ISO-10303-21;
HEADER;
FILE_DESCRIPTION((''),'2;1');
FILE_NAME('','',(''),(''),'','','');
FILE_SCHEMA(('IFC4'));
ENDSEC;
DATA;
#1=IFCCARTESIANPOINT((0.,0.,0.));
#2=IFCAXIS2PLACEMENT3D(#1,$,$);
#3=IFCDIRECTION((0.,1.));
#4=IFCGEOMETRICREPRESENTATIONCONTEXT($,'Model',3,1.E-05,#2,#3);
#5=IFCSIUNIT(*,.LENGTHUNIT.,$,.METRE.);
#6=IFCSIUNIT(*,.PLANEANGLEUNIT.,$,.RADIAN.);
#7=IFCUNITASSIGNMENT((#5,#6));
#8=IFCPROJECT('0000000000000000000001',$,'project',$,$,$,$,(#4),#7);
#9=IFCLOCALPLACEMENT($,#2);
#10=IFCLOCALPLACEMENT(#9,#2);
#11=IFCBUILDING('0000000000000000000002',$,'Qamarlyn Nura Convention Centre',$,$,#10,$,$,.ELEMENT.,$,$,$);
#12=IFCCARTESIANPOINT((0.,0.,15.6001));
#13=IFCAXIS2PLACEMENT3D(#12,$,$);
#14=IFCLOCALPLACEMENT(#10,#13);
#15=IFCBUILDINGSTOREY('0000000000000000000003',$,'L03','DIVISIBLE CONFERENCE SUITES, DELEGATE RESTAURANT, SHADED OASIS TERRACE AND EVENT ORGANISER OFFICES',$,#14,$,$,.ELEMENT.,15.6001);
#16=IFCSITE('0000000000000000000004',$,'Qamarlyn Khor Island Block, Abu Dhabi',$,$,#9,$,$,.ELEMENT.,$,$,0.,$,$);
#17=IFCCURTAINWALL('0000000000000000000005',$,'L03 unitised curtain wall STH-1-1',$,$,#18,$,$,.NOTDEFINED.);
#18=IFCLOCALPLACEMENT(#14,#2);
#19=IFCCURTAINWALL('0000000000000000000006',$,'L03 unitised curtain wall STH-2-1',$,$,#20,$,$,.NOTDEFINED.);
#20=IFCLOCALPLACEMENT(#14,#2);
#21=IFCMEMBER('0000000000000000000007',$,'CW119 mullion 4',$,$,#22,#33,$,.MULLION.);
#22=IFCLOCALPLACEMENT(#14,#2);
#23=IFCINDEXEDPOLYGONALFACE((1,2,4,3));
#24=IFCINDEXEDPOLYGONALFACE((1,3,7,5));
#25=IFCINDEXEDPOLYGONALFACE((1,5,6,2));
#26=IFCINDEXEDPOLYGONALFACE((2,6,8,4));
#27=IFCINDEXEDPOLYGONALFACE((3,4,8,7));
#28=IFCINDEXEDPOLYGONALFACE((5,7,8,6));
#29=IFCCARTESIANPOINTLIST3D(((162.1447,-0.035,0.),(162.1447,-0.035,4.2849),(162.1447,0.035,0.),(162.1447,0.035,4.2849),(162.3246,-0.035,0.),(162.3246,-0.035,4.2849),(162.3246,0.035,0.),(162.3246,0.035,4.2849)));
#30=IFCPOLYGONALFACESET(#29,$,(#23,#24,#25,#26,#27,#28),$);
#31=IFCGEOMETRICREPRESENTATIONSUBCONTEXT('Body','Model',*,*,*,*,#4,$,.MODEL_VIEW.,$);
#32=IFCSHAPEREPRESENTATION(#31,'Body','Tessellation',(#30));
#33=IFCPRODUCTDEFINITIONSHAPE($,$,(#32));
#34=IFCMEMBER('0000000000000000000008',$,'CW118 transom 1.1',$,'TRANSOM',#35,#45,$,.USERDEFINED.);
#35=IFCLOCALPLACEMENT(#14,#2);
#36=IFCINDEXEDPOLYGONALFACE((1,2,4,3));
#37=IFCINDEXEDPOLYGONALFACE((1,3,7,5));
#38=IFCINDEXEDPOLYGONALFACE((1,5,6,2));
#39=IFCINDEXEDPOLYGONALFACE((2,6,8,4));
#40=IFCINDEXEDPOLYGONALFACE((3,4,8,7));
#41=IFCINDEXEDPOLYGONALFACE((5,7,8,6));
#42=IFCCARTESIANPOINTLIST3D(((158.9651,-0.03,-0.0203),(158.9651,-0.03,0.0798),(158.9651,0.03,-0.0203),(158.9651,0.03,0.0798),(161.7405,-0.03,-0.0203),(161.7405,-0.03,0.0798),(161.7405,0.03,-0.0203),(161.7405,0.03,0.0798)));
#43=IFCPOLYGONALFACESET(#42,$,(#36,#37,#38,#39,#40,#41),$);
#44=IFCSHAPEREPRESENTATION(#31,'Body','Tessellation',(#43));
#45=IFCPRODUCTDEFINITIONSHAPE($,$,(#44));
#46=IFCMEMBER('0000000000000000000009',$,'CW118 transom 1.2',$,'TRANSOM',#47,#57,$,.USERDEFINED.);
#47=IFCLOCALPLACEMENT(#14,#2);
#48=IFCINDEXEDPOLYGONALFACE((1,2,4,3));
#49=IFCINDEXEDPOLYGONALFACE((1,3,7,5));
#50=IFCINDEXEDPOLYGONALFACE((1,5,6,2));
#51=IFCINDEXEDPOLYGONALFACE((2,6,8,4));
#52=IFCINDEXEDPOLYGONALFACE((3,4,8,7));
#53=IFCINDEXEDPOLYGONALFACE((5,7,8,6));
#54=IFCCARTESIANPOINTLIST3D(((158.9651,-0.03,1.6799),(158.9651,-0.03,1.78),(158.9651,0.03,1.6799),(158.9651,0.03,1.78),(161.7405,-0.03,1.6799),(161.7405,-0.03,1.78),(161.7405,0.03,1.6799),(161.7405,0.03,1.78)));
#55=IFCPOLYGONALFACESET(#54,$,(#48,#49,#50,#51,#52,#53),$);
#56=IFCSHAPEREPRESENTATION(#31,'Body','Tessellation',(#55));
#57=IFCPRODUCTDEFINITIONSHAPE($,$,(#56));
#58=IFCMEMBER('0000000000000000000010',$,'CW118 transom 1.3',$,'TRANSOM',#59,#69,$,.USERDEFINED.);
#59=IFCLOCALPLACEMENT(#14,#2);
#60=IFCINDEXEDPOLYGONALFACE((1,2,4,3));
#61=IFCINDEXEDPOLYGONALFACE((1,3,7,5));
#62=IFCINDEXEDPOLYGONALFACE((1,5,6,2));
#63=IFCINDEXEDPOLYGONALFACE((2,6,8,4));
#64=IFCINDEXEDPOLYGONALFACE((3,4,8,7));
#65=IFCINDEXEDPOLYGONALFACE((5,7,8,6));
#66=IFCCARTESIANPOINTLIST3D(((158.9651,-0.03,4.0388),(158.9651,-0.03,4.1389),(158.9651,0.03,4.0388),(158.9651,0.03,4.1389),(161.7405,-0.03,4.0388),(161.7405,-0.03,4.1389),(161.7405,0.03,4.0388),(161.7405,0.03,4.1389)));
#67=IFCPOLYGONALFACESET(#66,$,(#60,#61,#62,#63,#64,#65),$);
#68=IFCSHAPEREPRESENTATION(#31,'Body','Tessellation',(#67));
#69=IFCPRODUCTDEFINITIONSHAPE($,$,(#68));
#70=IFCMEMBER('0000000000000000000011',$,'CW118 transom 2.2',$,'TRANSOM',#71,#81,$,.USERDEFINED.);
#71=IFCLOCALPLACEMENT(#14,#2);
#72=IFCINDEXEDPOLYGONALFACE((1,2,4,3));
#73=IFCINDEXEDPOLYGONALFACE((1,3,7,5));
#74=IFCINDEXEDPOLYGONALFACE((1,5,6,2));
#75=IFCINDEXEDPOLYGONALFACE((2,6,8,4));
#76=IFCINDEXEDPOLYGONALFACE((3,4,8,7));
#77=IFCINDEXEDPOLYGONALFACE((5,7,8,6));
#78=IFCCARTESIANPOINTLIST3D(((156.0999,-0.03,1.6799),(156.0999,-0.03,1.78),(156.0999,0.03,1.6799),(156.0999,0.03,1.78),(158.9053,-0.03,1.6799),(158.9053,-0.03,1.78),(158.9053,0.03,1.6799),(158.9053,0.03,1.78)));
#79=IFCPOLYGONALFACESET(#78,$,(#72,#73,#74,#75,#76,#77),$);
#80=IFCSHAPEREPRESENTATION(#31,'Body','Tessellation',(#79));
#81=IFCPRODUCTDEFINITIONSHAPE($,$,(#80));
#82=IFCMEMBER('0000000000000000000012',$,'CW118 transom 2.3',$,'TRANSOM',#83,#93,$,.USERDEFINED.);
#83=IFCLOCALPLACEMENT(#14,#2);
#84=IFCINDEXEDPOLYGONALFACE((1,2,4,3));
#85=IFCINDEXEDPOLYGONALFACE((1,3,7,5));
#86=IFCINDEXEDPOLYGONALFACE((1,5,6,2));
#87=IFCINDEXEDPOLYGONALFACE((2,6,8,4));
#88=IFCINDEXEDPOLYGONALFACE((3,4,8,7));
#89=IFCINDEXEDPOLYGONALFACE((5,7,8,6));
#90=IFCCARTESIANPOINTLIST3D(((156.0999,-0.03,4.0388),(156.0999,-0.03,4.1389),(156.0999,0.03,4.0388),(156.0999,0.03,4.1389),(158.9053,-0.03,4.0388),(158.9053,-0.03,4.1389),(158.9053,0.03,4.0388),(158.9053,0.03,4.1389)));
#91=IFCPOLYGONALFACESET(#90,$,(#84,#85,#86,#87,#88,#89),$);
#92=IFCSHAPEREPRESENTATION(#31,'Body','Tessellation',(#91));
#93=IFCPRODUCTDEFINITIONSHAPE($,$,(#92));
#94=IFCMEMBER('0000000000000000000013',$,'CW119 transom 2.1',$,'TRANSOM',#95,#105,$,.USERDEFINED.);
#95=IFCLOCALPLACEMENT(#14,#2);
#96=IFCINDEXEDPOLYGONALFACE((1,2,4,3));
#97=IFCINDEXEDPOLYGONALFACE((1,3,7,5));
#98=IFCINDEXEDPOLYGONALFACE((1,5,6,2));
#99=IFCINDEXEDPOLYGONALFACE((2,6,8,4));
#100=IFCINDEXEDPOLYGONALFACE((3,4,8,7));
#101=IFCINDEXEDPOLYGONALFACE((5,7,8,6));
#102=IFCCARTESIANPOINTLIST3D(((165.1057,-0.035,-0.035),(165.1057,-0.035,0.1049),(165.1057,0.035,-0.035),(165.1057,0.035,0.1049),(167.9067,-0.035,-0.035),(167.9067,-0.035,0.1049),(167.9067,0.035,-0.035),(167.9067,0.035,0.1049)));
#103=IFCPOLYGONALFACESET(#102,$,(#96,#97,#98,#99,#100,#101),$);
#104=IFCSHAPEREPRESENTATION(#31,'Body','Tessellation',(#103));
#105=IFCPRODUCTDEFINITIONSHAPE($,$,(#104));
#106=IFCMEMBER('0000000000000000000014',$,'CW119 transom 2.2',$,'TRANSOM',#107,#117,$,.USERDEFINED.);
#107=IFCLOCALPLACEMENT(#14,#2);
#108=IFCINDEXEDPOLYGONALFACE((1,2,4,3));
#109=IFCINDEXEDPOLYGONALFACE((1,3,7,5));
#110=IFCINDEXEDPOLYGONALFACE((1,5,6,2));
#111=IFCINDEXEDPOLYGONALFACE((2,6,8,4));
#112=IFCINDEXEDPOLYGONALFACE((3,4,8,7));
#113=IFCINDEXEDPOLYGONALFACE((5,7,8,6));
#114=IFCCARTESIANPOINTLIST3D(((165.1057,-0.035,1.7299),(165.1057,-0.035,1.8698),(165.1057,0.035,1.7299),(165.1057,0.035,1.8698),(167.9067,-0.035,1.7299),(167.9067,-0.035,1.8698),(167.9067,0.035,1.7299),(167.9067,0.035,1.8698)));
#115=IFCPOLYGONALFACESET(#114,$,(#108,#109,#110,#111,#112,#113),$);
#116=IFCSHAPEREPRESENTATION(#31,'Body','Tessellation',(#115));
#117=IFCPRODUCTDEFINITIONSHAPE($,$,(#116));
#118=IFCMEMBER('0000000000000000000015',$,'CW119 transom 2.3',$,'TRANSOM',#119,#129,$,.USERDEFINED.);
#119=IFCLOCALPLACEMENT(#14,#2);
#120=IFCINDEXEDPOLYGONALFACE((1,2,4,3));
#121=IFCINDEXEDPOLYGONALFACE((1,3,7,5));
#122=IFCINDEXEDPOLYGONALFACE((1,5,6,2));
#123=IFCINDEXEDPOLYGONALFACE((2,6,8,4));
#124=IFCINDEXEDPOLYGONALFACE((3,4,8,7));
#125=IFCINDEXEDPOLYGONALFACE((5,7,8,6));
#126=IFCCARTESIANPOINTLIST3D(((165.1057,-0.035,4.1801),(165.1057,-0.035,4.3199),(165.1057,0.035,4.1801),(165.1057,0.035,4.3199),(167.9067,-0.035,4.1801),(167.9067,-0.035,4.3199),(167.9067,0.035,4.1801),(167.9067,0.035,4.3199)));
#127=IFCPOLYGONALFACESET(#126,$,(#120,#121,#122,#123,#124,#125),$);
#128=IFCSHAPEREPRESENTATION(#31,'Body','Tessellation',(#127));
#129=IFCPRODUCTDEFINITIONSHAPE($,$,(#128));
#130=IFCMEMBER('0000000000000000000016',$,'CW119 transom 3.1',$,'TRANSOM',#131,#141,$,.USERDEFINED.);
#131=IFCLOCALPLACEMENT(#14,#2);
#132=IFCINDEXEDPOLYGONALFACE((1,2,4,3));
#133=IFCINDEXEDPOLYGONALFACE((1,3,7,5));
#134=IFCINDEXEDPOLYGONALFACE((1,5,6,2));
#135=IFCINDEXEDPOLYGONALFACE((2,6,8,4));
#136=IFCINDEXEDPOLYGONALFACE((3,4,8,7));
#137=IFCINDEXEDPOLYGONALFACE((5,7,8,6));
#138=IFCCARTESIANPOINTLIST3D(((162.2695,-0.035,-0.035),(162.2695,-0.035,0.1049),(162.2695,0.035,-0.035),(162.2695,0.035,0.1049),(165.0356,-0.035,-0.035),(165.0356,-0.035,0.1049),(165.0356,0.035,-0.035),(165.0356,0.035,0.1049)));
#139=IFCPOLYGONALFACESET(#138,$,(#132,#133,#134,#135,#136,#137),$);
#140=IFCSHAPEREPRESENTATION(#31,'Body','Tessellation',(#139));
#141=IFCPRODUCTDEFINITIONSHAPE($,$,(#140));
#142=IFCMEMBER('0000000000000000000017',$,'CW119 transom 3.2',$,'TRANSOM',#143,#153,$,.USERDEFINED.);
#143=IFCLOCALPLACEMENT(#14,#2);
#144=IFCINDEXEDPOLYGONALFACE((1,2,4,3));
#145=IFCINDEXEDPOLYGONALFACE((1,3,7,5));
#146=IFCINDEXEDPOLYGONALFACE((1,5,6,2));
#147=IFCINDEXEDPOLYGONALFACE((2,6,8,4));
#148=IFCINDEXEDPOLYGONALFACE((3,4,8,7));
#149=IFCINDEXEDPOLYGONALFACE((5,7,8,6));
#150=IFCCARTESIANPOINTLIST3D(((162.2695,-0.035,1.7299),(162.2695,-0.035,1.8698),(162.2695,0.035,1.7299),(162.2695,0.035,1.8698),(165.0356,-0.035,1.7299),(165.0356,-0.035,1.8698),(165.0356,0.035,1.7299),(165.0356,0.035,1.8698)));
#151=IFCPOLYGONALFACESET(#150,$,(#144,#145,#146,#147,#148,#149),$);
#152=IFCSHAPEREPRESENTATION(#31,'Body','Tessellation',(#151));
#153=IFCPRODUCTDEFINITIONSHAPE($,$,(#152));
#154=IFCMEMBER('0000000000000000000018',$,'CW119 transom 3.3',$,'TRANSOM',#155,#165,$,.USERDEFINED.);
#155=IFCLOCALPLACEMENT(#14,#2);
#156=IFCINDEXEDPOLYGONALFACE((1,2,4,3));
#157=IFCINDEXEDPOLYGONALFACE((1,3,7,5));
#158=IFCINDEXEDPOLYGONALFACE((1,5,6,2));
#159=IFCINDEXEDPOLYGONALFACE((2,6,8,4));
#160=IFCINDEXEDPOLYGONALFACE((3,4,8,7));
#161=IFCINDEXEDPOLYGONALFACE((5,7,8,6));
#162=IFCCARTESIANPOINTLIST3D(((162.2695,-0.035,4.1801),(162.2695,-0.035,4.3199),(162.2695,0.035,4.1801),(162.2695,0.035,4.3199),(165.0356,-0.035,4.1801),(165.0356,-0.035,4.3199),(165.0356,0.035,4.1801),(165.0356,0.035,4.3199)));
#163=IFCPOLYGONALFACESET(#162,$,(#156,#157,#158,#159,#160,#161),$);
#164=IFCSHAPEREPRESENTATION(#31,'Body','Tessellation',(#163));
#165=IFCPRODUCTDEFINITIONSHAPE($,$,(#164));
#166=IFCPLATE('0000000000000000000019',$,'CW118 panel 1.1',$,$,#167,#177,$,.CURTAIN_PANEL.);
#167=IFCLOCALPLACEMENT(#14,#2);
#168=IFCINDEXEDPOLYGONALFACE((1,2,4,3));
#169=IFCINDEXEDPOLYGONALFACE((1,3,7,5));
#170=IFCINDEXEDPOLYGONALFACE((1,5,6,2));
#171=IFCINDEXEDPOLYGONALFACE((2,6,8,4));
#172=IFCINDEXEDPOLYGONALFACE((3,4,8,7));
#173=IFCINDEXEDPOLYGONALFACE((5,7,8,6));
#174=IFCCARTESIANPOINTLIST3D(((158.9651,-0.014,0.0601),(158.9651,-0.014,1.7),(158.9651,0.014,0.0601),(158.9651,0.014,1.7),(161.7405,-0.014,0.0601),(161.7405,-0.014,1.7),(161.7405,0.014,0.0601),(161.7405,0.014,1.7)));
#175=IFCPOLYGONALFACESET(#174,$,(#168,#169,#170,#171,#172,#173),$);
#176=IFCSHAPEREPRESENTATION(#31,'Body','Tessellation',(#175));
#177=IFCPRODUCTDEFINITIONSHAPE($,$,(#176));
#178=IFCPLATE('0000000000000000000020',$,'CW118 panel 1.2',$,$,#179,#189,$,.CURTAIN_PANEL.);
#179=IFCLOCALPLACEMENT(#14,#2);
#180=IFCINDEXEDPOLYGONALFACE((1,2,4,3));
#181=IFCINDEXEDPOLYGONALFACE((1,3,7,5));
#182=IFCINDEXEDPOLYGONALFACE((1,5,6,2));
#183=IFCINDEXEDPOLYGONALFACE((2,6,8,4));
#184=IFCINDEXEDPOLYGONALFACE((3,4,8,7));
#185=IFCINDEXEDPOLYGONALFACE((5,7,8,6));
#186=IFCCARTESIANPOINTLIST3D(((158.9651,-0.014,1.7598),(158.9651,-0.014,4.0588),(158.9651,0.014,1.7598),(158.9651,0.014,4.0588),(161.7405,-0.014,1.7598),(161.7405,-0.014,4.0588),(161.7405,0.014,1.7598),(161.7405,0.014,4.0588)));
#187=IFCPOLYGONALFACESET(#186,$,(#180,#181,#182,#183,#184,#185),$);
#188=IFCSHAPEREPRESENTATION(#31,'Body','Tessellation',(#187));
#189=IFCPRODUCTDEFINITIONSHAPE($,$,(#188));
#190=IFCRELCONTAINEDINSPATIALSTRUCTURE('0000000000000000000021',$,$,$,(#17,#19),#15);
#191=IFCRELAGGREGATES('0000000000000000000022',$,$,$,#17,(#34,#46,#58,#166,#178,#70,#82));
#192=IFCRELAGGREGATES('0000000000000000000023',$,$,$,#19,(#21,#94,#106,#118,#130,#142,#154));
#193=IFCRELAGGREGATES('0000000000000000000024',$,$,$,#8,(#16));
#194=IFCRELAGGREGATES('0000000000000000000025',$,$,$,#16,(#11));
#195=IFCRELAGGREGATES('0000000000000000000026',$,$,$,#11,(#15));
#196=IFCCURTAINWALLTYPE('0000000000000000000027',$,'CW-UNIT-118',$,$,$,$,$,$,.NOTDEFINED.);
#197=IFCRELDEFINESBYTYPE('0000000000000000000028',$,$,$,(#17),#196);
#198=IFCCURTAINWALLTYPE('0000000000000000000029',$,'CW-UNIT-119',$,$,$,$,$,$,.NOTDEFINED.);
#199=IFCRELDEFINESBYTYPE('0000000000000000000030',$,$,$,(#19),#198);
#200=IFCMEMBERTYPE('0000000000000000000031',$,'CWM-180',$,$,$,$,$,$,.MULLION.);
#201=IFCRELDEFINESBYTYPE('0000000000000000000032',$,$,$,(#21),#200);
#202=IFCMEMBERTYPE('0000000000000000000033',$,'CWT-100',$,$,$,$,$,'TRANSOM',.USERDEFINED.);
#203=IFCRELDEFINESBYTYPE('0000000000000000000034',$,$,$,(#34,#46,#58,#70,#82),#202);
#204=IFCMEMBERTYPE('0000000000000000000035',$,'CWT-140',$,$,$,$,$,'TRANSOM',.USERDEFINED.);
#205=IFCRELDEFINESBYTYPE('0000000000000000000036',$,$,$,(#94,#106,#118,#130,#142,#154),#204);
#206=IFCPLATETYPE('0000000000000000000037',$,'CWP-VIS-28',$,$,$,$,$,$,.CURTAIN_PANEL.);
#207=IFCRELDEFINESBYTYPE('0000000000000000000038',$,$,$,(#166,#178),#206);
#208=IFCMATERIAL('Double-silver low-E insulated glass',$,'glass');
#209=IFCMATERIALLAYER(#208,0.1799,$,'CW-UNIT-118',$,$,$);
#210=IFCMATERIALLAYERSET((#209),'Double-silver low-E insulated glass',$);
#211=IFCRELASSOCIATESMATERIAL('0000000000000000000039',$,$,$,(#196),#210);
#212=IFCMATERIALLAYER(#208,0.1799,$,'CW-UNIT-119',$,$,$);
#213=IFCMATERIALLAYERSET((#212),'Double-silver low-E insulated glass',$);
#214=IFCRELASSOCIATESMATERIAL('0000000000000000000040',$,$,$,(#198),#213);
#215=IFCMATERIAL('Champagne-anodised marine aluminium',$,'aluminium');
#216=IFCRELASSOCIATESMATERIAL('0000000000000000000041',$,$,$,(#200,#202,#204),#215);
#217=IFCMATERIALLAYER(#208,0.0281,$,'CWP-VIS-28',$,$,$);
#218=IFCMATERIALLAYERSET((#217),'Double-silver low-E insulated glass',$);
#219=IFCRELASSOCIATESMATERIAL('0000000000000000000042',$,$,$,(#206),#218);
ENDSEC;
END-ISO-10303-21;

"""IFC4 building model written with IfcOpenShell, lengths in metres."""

from ifc_helpers import new_model, si_unit, direction, frame, origin, origin_2d, place, context, subcontext, project, spatial, rectangle, extrude, material, layer, layer_set, material_profile, profile_set, type_object, element, aggregate, save


model = new_model("IFC4")

# Units and contexts
model_context = context("Model", 3, precision=1e-05, world=origin(), true_north=direction((0.0, 1.0)))
body_context = subcontext(model_context, "Body", "Model", "MODEL_VIEW")
ifc_project = project(units=[si_unit("LENGTHUNIT", "METRE"), si_unit("PLANEANGLEUNIT", "RADIAN")], contexts=[model_context])

# Site, building, storey
site_placement = place(None, origin())
site = spatial("IfcSite", under=ifc_project, at=site_placement, Name="Qamarlyn Khor Island Block, Abu Dhabi", CompositionType="ELEMENT", RefElevation=0.0)
building_placement = place(site_placement, origin())
building = spatial("IfcBuilding", under=site, at=building_placement, Name="Qamarlyn Nura Convention Centre", CompositionType="ELEMENT")
storey_placement = place(building_placement, frame((0.0, 0.0, 15.6001)))
storey = spatial("IfcBuildingStorey", under=building, at=storey_placement, Name="L03", Description="DIVISIBLE CONFERENCE SUITES, DELEGATE RESTAURANT, SHADED OASIS TERRACE AND EVENT ORGANISER OFFICES", CompositionType="ELEMENT", Elevation=15.6001)

# Curtain walls, member
ifc_material_1 = material(Name="Double-silver low-E insulated glass", Category="glass")
ifc_layer_1 = layer(ifc_material_1, 0.1799, Name="CW-UNIT-118")
ifc_layer_set_1 = layer_set([ifc_layer_1], Name="Double-silver low-E insulated glass")
curtain_wall_type_1 = type_object("IfcCurtainWallType", Name="CW-UNIT-118", PredefinedType="NOTDEFINED", material=ifc_layer_set_1)
curtain_wall_1_placement = place(storey_placement, origin())
curtain_wall_1 = element("IfcCurtainWall", 1, at=curtain_wall_1_placement, inside=storey, type_object=curtain_wall_type_1, Name="L03 unitised curtain wall STH-1-1", PredefinedType="NOTDEFINED")
ifc_material_2 = material(Name="Champagne-anodised marine aluminium", Category="aluminium")
ifc_layer_2 = layer(ifc_material_1, 0.1799, Name="CW-UNIT-119")
ifc_layer_set_2 = layer_set([ifc_layer_2], Name="Double-silver low-E insulated glass")
curtain_wall_type_2 = type_object("IfcCurtainWallType", Name="CW-UNIT-119", PredefinedType="NOTDEFINED", material=ifc_layer_set_2)
curtain_wall_2_placement = place(storey_placement, origin())
curtain_wall_2 = element("IfcCurtainWall", 2, at=curtain_wall_2_placement, inside=storey, type_object=curtain_wall_type_2, Name="L03 unitised curtain wall STH-2-1", PredefinedType="NOTDEFINED")
ifc_material_profile_1 = material_profile(ifc_material_2, rectangle(XDim=0.0701, YDim=0.1799, at=origin_2d()), Name="ALU MULLION 70x180")
ifc_profile_set_1 = profile_set([ifc_material_profile_1], Name="Champagne-anodised marine aluminium")
member_type_1 = type_object("IfcMemberType", Name="CWM-180", PredefinedType="MULLION", material=ifc_profile_set_1)
member_1_placement = place(storey_placement, frame((162.2346, 0.0, 0.0), z_axis=(0.0, 0.0, 1.0), x_axis=(0.0, -1.0, 0.0)))
member_1 = element("IfcMember", 3, at=member_1_placement, type_object=member_type_1, Name="CW119 mullion 4", PredefinedType="MULLION", context=body_context, shape_type="SweptSolid", body=[
    extrude(rectangle(XDim=0.0701, YDim=0.1799, at=origin_2d()), origin(), (0.0, 0.0, 1.0), 4.2849),
])

# Members
ifc_material_profile_2 = material_profile(ifc_material_2, rectangle(XDim=0.0601, YDim=0.1001, at=origin_2d()), Name="ALU TRANSOM 60x100")
ifc_profile_set_2 = profile_set([ifc_material_profile_2], Name="Champagne-anodised marine aluminium")
member_type_2 = type_object("IfcMemberType", Name="CWT-100", ElementType="TRANSOM", PredefinedType="USERDEFINED", material=ifc_profile_set_2)
member_2_placement = place(storey_placement, frame((161.7405, 0.0, 0.0298), z_axis=(-1.0, 0.0, 0.0), x_axis=(0.0, -1.0, 0.0)))
member_2 = element("IfcMember", 4, at=member_2_placement, type_object=member_type_2, Name="CW118 transom 1.1", ObjectType="TRANSOM", PredefinedType="USERDEFINED", context=body_context, shape_type="SweptSolid", body=[
    extrude(rectangle(XDim=0.0601, YDim=0.1001, at=origin_2d()), origin(), (0.0, 0.0, 1.0), 2.7754),
])
member_3_placement = place(storey_placement, frame((161.7405, 0.0, 1.73), z_axis=(-1.0, 0.0, 0.0), x_axis=(0.0, -1.0, 0.0)))
member_3 = element("IfcMember", 5, at=member_3_placement, type_object=member_type_2, Name="CW118 transom 1.2", ObjectType="TRANSOM", PredefinedType="USERDEFINED", context=body_context, shape_type="SweptSolid", body=[
    extrude(rectangle(XDim=0.0601, YDim=0.1001, at=origin_2d()), origin(), (0.0, 0.0, 1.0), 2.7754),
])
member_4_placement = place(storey_placement, frame((161.7405, 0.0, 4.0889), z_axis=(-1.0, 0.0, 0.0), x_axis=(0.0, -1.0, 0.0)))
member_4 = element("IfcMember", 6, at=member_4_placement, type_object=member_type_2, Name="CW118 transom 1.3", ObjectType="TRANSOM", PredefinedType="USERDEFINED", context=body_context, shape_type="SweptSolid", body=[
    extrude(rectangle(XDim=0.0601, YDim=0.1001, at=origin_2d()), origin(), (0.0, 0.0, 1.0), 2.7754),
])
member_5_placement = place(storey_placement, frame((158.9053, 0.0, 1.73), z_axis=(-1.0, 0.0, 0.0), x_axis=(0.0, -1.0, 0.0)))
member_5 = element("IfcMember", 7, at=member_5_placement, type_object=member_type_2, Name="CW118 transom 2.2", ObjectType="TRANSOM", PredefinedType="USERDEFINED", context=body_context, shape_type="SweptSolid", body=[
    extrude(rectangle(XDim=0.0601, YDim=0.1001, at=origin_2d()), origin(), (0.0, 0.0, 1.0), 2.8054),
])
member_6_placement = place(storey_placement, frame((158.9053, 0.0, 4.0889), z_axis=(-1.0, 0.0, 0.0), x_axis=(0.0, -1.0, 0.0)))
member_6 = element("IfcMember", 8, at=member_6_placement, type_object=member_type_2, Name="CW118 transom 2.3", ObjectType="TRANSOM", PredefinedType="USERDEFINED", context=body_context, shape_type="SweptSolid", body=[
    extrude(rectangle(XDim=0.0601, YDim=0.1001, at=origin_2d()), origin(), (0.0, 0.0, 1.0), 2.8054),
])
ifc_material_profile_3 = material_profile(ifc_material_2, rectangle(XDim=0.0701, YDim=0.1399, at=origin_2d()), Name="ALU TRANSOM 70x140")
ifc_profile_set_3 = profile_set([ifc_material_profile_3], Name="Champagne-anodised marine aluminium")
member_type_3 = type_object("IfcMemberType", Name="CWT-140", ElementType="TRANSOM", PredefinedType="USERDEFINED", material=ifc_profile_set_3)
member_7_placement = place(storey_placement, frame((167.9067, 0.0, 0.0349), z_axis=(-1.0, 0.0, 0.0), x_axis=(0.0, -1.0, 0.0)))
member_7 = element("IfcMember", 9, at=member_7_placement, type_object=member_type_3, Name="CW119 transom 2.1", ObjectType="TRANSOM", PredefinedType="USERDEFINED", context=body_context, shape_type="SweptSolid", body=[
    extrude(rectangle(XDim=0.0701, YDim=0.1399, at=origin_2d()), origin(), (0.0, 0.0, 1.0), 2.801),
])
member_8_placement = place(storey_placement, frame((167.9067, 0.0, 1.7998), z_axis=(-1.0, 0.0, 0.0), x_axis=(0.0, -1.0, 0.0)))
member_8 = element("IfcMember", 10, at=member_8_placement, type_object=member_type_3, Name="CW119 transom 2.2", ObjectType="TRANSOM", PredefinedType="USERDEFINED", context=body_context, shape_type="SweptSolid", body=[
    extrude(rectangle(XDim=0.0701, YDim=0.1399, at=origin_2d()), origin(), (0.0, 0.0, 1.0), 2.801),
])
member_9_placement = place(storey_placement, frame((167.9067, 0.0, 4.25), z_axis=(-1.0, 0.0, 0.0), x_axis=(0.0, -1.0, 0.0)))
member_9 = element("IfcMember", 11, at=member_9_placement, type_object=member_type_3, Name="CW119 transom 2.3", ObjectType="TRANSOM", PredefinedType="USERDEFINED", context=body_context, shape_type="SweptSolid", body=[
    extrude(rectangle(XDim=0.0701, YDim=0.1399, at=origin_2d()), origin(), (0.0, 0.0, 1.0), 2.801),
])
member_10_placement = place(storey_placement, frame((165.0356, 0.0, 0.0349), z_axis=(-1.0, 0.0, 0.0), x_axis=(0.0, -1.0, 0.0)))
member_10 = element("IfcMember", 12, at=member_10_placement, type_object=member_type_3, Name="CW119 transom 3.1", ObjectType="TRANSOM", PredefinedType="USERDEFINED", context=body_context, shape_type="SweptSolid", body=[
    extrude(rectangle(XDim=0.0701, YDim=0.1399, at=origin_2d()), origin(), (0.0, 0.0, 1.0), 2.7661),
])
member_11_placement = place(storey_placement, frame((165.0356, 0.0, 1.7998), z_axis=(-1.0, 0.0, 0.0), x_axis=(0.0, -1.0, 0.0)))
member_11 = element("IfcMember", 13, at=member_11_placement, type_object=member_type_3, Name="CW119 transom 3.2", ObjectType="TRANSOM", PredefinedType="USERDEFINED", context=body_context, shape_type="SweptSolid", body=[
    extrude(rectangle(XDim=0.0701, YDim=0.1399, at=origin_2d()), origin(), (0.0, 0.0, 1.0), 2.7661),
])
member_12_placement = place(storey_placement, frame((165.0356, 0.0, 4.25), z_axis=(-1.0, 0.0, 0.0), x_axis=(0.0, -1.0, 0.0)))
member_12 = element("IfcMember", 14, at=member_12_placement, type_object=member_type_3, Name="CW119 transom 3.3", ObjectType="TRANSOM", PredefinedType="USERDEFINED", context=body_context, shape_type="SweptSolid", body=[
    extrude(rectangle(XDim=0.0701, YDim=0.1399, at=origin_2d()), origin(), (0.0, 0.0, 1.0), 2.7661),
])

# Plates
ifc_layer_3 = layer(ifc_material_1, 0.0281, Name="CWP-VIS-28")
ifc_layer_set_3 = layer_set([ifc_layer_3], Name="Double-silver low-E insulated glass")
plate_type = type_object("IfcPlateType", Name="CWP-VIS-28", PredefinedType="CURTAIN_PANEL", material=ifc_layer_set_3)
plate_1_placement = place(storey_placement, frame((160.3528, 0.0, 0.0601), z_axis=(0.0, 0.0, 1.0), x_axis=(-1.0, 0.0, 0.0)))
plate_1 = element("IfcPlate", 15, at=plate_1_placement, type_object=plate_type, Name="CW118 panel 1.1", PredefinedType="CURTAIN_PANEL", context=body_context, shape_type="SweptSolid", body=[
    extrude(rectangle(XDim=2.7754, YDim=0.0281, at=origin_2d()), origin(), (0.0, 0.0, 1.0), 1.6399),
])
plate_2_placement = place(storey_placement, frame((160.3528, 0.0, 1.7598), z_axis=(0.0, 0.0, 1.0), x_axis=(-1.0, 0.0, 0.0)))
plate_2 = element("IfcPlate", 16, at=plate_2_placement, type_object=plate_type, Name="CW118 panel 1.2", PredefinedType="CURTAIN_PANEL", context=body_context, shape_type="SweptSolid", body=[
    extrude(rectangle(XDim=2.7754, YDim=0.0281, at=origin_2d()), origin(), (0.0, 0.0, 1.0), 2.2991),
])
aggregate(curtain_wall_1, [member_2, member_3, member_4, plate_1, plate_2, member_5, member_6])
aggregate(curtain_wall_2, [member_1, member_7, member_8, member_9, member_10, member_11, member_12])

save(model, "model.ifc")
